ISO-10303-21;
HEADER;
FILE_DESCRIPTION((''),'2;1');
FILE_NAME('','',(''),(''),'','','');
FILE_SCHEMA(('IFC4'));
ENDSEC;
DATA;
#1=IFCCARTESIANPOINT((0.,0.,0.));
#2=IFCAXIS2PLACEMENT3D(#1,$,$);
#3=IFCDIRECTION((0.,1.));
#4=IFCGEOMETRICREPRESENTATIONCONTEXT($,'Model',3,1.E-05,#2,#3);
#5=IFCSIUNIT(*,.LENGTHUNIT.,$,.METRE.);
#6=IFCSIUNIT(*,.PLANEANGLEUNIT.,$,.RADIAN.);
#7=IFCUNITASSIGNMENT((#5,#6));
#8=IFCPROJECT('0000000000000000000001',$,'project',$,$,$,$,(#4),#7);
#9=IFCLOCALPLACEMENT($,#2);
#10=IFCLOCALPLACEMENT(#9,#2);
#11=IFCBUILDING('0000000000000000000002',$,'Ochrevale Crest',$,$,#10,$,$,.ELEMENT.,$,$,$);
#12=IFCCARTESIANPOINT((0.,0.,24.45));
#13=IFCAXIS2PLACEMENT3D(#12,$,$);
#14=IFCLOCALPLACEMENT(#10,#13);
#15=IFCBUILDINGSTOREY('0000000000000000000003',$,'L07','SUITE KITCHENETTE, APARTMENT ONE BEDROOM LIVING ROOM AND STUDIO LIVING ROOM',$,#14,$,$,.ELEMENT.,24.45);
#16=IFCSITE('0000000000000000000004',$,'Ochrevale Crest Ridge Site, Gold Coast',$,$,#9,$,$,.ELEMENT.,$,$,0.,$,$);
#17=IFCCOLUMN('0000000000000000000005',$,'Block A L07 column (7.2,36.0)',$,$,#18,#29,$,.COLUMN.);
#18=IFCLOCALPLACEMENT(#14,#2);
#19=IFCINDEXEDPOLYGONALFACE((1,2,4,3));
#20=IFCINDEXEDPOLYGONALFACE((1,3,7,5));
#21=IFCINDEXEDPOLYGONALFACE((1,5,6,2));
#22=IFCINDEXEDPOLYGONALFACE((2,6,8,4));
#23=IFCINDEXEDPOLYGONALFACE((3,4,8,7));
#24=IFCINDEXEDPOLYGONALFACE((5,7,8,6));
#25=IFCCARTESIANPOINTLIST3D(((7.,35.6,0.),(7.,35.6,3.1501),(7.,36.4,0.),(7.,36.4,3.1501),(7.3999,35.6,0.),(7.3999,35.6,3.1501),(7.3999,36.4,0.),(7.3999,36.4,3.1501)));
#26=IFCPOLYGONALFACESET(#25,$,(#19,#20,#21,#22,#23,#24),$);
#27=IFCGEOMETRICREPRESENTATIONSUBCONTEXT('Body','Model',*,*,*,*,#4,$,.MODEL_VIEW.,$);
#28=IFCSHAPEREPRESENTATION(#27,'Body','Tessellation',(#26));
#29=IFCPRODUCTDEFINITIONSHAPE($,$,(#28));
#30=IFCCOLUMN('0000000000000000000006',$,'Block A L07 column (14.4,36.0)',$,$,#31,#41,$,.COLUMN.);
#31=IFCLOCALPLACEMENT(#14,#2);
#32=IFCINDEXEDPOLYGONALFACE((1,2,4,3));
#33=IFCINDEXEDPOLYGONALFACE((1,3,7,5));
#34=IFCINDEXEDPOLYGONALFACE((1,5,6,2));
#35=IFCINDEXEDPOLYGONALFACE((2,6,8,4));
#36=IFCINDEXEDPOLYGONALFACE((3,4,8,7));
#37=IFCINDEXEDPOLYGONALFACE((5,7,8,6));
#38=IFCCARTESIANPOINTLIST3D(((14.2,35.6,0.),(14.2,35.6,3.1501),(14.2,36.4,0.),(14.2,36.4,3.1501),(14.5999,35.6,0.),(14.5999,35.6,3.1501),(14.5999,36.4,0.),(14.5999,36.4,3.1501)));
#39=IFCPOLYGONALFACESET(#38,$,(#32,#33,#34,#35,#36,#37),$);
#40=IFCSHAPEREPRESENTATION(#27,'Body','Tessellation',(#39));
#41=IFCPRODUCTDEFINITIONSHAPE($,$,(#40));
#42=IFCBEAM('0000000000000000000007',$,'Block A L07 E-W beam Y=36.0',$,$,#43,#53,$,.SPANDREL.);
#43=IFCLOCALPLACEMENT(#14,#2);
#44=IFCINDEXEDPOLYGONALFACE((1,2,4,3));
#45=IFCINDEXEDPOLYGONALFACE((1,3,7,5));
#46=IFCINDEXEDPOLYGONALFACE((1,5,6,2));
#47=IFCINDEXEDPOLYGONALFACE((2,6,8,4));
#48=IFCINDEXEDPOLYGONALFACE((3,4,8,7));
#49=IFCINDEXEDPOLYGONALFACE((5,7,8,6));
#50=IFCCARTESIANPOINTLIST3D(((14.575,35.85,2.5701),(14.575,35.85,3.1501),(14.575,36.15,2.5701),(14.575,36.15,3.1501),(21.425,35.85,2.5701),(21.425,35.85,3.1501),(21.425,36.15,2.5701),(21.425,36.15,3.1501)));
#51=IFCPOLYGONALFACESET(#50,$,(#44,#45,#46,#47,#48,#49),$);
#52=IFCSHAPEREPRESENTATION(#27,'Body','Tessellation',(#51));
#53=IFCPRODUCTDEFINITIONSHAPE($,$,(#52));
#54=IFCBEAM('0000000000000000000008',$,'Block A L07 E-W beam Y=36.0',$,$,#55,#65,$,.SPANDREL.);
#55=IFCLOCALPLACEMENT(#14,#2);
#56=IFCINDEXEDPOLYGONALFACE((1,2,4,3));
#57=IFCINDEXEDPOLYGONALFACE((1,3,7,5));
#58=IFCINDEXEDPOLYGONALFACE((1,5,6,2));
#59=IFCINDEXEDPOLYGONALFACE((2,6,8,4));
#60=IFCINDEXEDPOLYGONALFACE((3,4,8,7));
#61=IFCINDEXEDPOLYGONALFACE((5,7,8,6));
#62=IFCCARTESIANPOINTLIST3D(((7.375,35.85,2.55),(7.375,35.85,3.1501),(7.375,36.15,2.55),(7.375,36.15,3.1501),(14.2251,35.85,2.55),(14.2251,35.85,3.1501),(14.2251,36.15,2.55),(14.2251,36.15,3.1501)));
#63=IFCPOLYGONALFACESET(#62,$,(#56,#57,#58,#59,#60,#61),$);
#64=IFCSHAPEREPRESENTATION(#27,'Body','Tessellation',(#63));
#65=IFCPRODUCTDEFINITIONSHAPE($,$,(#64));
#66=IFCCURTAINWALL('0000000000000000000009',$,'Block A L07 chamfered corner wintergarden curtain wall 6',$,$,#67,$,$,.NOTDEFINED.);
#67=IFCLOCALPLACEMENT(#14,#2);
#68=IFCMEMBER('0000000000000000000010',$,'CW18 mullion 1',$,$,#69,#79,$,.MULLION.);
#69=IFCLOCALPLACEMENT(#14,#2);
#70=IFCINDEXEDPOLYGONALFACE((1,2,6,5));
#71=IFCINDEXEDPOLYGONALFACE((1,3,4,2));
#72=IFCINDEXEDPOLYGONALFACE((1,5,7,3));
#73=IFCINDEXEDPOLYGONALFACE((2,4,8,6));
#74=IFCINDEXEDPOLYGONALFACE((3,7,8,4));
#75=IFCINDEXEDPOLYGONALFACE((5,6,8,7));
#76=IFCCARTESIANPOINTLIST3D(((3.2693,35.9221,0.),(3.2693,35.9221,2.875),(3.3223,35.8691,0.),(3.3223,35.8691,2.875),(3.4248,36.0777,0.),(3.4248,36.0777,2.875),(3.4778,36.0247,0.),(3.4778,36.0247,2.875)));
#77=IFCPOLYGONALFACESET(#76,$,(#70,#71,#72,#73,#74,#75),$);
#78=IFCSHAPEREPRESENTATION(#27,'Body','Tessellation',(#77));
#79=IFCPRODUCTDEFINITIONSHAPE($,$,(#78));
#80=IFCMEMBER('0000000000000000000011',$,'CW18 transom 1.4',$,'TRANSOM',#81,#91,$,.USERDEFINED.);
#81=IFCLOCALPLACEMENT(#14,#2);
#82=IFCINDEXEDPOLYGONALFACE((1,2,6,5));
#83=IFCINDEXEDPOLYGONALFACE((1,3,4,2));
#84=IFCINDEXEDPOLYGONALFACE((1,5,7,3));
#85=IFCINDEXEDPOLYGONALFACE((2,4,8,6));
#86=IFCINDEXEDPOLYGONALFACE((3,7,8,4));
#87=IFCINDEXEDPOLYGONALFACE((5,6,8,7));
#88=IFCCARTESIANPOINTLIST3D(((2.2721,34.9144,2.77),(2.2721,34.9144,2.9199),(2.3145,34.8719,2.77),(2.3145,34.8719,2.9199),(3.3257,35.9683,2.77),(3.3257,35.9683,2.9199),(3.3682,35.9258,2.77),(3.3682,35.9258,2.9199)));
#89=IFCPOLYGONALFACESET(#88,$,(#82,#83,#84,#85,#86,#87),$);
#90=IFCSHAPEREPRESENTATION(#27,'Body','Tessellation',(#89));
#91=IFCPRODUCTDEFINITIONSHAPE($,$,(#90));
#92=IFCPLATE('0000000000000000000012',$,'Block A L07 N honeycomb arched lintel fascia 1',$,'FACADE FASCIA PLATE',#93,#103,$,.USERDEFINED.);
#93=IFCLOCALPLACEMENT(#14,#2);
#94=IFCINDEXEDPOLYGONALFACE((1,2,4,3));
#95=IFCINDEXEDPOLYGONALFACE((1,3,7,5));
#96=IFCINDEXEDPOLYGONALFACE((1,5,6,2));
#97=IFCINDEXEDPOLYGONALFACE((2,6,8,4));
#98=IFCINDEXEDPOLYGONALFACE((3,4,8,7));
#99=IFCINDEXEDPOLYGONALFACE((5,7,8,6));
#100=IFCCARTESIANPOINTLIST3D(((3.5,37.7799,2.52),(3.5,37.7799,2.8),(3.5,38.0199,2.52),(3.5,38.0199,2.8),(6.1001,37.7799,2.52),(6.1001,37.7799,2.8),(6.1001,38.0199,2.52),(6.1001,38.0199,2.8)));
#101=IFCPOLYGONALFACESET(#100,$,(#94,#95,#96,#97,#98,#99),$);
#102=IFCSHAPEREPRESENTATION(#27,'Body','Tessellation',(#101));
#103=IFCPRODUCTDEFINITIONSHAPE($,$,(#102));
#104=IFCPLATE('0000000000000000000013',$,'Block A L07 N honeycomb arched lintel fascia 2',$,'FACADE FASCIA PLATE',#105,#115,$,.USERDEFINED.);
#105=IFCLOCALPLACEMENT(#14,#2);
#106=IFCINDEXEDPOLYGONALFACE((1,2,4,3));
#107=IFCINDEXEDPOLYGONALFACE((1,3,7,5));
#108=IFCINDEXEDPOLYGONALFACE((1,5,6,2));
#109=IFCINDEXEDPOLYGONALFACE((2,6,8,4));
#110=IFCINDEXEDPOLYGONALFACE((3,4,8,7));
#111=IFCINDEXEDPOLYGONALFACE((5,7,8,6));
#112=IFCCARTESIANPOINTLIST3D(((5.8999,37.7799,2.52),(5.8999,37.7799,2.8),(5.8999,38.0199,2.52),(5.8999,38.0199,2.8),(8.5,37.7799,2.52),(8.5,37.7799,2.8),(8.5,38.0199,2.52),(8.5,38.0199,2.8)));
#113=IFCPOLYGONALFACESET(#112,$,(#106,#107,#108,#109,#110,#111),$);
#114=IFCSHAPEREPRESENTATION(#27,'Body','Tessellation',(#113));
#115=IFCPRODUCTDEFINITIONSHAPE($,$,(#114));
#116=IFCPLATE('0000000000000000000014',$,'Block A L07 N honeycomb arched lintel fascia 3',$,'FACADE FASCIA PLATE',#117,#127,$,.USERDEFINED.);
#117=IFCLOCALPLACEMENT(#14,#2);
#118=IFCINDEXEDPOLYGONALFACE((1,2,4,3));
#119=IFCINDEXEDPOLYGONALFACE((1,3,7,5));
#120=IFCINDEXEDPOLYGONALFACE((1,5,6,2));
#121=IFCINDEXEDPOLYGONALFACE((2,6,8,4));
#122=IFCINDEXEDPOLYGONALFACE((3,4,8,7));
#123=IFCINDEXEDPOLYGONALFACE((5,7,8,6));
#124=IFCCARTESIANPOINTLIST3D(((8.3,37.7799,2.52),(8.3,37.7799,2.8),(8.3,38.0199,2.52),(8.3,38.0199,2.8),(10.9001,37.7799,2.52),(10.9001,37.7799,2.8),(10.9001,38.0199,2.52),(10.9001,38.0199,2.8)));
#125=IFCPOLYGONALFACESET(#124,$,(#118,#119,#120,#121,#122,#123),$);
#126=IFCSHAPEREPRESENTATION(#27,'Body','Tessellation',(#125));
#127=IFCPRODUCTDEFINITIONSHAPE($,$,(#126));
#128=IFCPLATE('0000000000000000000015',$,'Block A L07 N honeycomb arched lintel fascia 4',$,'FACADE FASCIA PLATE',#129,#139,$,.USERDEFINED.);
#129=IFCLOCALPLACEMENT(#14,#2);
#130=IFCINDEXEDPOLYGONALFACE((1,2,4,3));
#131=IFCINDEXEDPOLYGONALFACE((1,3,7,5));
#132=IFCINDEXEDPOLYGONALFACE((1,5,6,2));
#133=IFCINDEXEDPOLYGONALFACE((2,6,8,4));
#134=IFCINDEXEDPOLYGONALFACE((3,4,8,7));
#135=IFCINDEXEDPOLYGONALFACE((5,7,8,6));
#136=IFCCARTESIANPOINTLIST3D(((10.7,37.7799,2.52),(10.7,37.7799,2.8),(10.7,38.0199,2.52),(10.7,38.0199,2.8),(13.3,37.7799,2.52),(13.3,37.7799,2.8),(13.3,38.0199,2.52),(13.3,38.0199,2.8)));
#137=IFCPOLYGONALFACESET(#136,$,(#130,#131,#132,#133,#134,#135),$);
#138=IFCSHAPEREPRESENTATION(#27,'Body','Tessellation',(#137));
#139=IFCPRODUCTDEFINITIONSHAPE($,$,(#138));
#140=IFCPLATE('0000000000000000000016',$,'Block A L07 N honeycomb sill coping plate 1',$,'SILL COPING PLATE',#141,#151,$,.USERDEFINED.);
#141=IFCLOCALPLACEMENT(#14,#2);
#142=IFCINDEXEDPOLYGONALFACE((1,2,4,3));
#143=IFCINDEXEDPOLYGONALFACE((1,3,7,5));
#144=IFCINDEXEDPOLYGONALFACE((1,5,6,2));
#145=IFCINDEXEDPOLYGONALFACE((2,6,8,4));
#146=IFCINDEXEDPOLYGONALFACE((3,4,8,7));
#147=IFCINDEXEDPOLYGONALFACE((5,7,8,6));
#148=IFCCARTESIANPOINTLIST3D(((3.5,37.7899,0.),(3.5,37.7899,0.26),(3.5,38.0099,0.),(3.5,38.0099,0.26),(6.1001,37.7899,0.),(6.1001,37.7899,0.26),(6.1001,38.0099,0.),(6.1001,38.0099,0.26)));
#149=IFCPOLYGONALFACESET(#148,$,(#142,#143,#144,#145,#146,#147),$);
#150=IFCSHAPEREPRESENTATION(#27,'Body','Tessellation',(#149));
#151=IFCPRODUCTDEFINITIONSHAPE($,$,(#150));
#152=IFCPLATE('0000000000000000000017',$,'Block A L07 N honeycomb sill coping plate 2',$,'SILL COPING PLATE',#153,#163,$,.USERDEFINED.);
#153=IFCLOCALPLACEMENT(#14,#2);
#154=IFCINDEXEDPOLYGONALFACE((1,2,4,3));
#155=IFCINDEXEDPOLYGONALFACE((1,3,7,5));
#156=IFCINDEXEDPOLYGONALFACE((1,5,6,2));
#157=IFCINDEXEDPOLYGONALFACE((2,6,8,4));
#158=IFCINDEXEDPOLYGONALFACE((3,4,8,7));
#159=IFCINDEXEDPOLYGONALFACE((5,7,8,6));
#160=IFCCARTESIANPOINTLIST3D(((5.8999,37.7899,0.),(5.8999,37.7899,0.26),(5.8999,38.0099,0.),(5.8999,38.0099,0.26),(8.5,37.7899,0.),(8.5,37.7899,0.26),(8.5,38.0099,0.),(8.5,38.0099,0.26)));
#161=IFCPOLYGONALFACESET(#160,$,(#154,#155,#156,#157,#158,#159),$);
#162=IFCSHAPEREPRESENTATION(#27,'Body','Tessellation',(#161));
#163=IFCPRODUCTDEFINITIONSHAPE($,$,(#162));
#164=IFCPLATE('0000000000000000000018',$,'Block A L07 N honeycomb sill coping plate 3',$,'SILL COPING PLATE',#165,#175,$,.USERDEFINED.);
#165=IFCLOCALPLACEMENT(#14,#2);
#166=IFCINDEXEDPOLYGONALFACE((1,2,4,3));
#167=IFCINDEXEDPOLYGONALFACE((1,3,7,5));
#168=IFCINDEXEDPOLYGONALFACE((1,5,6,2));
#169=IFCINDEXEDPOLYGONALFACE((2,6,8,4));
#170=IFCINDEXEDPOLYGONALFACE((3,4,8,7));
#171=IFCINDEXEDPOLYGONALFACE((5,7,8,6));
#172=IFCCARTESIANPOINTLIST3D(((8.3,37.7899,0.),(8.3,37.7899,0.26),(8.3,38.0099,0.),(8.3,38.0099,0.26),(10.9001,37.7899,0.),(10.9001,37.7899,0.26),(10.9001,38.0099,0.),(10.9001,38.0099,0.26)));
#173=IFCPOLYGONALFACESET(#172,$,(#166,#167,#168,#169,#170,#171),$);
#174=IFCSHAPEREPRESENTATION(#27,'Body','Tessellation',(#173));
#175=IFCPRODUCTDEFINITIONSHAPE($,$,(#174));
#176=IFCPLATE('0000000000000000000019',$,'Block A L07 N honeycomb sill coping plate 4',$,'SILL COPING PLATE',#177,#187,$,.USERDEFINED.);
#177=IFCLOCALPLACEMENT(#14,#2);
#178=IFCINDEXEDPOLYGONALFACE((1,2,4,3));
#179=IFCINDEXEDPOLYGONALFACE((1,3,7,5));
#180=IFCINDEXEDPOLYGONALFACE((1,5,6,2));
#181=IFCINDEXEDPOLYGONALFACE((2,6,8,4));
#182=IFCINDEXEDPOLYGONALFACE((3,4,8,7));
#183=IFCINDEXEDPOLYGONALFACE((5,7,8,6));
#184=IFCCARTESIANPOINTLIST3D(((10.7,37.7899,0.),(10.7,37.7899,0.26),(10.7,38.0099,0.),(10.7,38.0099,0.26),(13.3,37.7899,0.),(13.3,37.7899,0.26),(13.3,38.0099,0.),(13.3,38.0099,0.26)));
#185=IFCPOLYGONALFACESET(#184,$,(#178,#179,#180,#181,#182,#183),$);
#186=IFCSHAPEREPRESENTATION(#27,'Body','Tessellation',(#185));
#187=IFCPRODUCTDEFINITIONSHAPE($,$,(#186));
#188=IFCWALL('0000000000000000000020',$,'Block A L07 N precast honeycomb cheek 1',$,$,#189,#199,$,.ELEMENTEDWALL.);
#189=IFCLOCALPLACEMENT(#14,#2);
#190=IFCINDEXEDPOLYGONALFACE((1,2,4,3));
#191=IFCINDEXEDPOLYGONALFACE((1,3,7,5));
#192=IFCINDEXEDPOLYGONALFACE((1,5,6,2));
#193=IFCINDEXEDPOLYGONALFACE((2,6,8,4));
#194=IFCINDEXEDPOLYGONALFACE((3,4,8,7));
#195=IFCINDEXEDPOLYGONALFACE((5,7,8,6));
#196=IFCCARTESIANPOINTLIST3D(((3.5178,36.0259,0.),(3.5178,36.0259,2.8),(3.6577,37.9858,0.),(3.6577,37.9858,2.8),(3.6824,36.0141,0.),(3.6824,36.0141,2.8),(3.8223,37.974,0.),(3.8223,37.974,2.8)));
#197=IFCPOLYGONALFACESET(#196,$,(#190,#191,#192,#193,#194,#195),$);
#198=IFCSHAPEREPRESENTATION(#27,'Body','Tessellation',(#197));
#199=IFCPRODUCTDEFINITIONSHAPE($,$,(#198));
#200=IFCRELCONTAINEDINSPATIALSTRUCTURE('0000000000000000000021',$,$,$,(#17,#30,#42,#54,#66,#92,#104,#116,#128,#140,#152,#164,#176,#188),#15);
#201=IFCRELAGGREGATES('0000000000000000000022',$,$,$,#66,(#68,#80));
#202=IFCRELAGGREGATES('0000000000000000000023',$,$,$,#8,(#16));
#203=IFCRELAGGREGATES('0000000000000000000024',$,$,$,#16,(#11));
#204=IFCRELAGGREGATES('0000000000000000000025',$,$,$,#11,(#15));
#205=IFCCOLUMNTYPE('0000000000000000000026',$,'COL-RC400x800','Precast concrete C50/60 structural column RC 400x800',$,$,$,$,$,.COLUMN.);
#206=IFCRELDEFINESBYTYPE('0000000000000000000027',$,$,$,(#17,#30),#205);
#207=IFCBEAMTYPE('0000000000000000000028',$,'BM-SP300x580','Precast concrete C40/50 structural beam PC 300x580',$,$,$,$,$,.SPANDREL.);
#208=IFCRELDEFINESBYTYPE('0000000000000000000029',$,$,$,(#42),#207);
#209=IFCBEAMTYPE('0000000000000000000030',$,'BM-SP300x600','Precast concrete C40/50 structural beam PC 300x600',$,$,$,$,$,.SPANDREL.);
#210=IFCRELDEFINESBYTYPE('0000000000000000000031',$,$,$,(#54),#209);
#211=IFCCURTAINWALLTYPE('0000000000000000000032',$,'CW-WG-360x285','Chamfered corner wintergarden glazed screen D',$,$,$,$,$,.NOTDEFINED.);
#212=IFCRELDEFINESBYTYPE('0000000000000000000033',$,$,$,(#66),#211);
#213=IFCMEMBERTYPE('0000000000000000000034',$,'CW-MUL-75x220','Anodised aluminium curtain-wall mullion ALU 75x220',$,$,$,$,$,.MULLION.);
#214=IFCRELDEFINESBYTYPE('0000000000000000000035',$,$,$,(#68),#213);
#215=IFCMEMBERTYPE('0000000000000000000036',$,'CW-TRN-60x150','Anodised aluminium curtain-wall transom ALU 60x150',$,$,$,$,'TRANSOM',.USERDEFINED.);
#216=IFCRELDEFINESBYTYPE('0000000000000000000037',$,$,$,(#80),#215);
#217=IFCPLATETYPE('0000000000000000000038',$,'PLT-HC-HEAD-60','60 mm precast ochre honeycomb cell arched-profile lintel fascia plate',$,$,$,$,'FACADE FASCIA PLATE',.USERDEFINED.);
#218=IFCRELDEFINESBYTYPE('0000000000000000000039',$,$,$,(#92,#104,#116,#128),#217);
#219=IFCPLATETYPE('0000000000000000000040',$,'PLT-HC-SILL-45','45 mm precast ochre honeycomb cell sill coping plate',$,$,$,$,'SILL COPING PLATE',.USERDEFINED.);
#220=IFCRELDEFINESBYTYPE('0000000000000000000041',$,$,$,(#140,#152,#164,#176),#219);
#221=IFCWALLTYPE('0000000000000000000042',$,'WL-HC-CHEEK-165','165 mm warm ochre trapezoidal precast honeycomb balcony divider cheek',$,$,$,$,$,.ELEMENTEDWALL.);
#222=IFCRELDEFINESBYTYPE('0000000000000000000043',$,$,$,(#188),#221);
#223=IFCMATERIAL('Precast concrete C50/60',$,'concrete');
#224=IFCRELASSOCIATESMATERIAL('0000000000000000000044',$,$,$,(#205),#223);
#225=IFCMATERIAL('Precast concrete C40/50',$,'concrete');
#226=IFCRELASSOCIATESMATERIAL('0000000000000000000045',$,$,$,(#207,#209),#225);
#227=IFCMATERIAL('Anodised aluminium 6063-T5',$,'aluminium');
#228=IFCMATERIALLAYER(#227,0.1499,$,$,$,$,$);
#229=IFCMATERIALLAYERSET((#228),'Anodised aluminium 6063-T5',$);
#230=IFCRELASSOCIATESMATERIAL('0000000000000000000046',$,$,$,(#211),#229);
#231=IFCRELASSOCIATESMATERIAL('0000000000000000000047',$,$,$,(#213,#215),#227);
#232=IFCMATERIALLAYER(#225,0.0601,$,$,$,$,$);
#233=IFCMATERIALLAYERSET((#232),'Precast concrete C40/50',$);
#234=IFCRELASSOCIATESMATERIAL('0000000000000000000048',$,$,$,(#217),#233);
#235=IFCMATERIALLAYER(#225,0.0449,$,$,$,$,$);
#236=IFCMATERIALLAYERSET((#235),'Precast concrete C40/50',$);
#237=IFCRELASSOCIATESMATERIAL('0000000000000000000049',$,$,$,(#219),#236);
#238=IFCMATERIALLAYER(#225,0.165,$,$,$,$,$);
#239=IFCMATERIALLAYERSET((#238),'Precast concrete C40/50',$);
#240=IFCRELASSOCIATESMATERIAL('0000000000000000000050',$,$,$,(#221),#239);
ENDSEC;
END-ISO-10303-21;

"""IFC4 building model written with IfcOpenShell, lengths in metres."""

from ifc_helpers import new_model, si_unit, direction, frame, frame_2d, origin, origin_2d, place, context, subcontext, project, spatial, rectangle, extrude, material, layer, layer_set, material_profile, profile_set, type_object, element, aggregate, save


model = new_model("IFC4")

# Units and contexts
model_context = context("Model", 3, precision=1e-05, world=origin(), true_north=direction((0.0, 1.0)))
body_context = subcontext(model_context, "Body", "Model", "MODEL_VIEW")
ifc_project = project(units=[si_unit("LENGTHUNIT", "METRE"), si_unit("PLANEANGLEUNIT", "RADIAN")], contexts=[model_context])

# Site, building, storey
site_placement = place(None, origin())
site = spatial("IfcSite", under=ifc_project, at=site_placement, Name="Ochrevale Crest Ridge Site, Gold Coast", CompositionType="ELEMENT", RefElevation=0.0)
building_placement = place(site_placement, origin())
building = spatial("IfcBuilding", under=site, at=building_placement, Name="Ochrevale Crest", CompositionType="ELEMENT")
storey_placement = place(building_placement, frame((0.0, 0.0, 24.45)))
storey = spatial("IfcBuildingStorey", under=building, at=storey_placement, Name="L07", Description="SUITE KITCHENETTE, APARTMENT ONE BEDROOM LIVING ROOM AND STUDIO LIVING ROOM", CompositionType="ELEMENT", Elevation=24.45)

# Columns
ifc_material_1 = material(Name="Precast concrete C50/60", Category="concrete")
ifc_material_profile_1 = material_profile(ifc_material_1, rectangle(XDim=0.3999, YDim=0.8, at=origin_2d()), Name="RC 400x800")
ifc_profile_set_1 = profile_set([ifc_material_profile_1], Name="Precast concrete C50/60")
column_type = type_object("IfcColumnType", Name="COL-RC400x800", Description="Precast concrete C50/60 structural column RC 400x800", PredefinedType="COLUMN", material=ifc_profile_set_1)
for number, where, z_axis, x_axis, name in (
    (1, (7.2, 36.0, 0.0), (0.0, 0.0, 1.0), (1.0, 0.0, 0.0), "Block A L07 column (7.2,36.0)"),
    (2, (14.3999, 36.0, 0.0), (0.0, 0.0, 1.0), (1.0, 0.0, 0.0), "Block A L07 column (14.4,36.0)"),
):
    element("IfcColumn", number, at=place(storey_placement, frame(where, z_axis=z_axis, x_axis=x_axis)), inside=storey, type_object=column_type, Name=name, PredefinedType="COLUMN", context=body_context, shape_type="SweptSolid", body=[
        extrude(rectangle(XDim=0.3999, YDim=0.8, at=origin_2d()), origin(), (0.0, 0.0, 1.0), 3.1501),
    ])

# Beams
ifc_material_2 = material(Name="Precast concrete C40/50", Category="concrete")
ifc_material_profile_2 = material_profile(ifc_material_2, rectangle(XDim=0.3, YDim=0.5801, at=origin_2d()), Name="PC 300x580")
ifc_profile_set_2 = profile_set([ifc_material_profile_2], Name="Precast concrete C40/50")
beam_type_1 = type_object("IfcBeamType", Name="BM-SP300x580", Description="Precast concrete C40/50 structural beam PC 300x580", PredefinedType="SPANDREL", material=ifc_profile_set_2)
beam_1_placement = place(storey_placement, frame((14.575, 36.0, 2.8601), z_axis=(1.0, 0.0, 0.0), x_axis=(0.0, 1.0, 0.0)))
element("IfcBeam", 3, at=beam_1_placement, inside=storey, type_object=beam_type_1, Name="Block A L07 E-W beam Y=36.0", PredefinedType="SPANDREL", context=body_context, shape_type="SweptSolid", body=[
    extrude(rectangle(XDim=0.3, YDim=0.5801, at=origin_2d()), origin(), (0.0, 0.0, 1.0), 6.8501),
])
ifc_material_profile_3 = material_profile(ifc_material_2, rectangle(XDim=0.3, YDim=0.6001, at=origin_2d()), Name="PC 300x600")
ifc_profile_set_3 = profile_set([ifc_material_profile_3], Name="Precast concrete C40/50")
beam_type_2 = type_object("IfcBeamType", Name="BM-SP300x600", Description="Precast concrete C40/50 structural beam PC 300x600", PredefinedType="SPANDREL", material=ifc_profile_set_3)
beam_2_placement = place(storey_placement, frame((7.375, 36.0, 2.8501), z_axis=(1.0, 0.0, 0.0), x_axis=(0.0, 1.0, 0.0)))
element("IfcBeam", 4, at=beam_2_placement, inside=storey, type_object=beam_type_2, Name="Block A L07 E-W beam Y=36.0", PredefinedType="SPANDREL", context=body_context, shape_type="SweptSolid", body=[
    extrude(rectangle(XDim=0.3, YDim=0.6001, at=origin_2d()), origin(), (0.0, 0.0, 1.0), 6.8501),
])

# Curtain wall, members
ifc_material_3 = material(Name="Anodised aluminium 6063-T5", Category="aluminium")
ifc_layer_1 = layer(ifc_material_3, 0.1499)
ifc_layer_set_1 = layer_set([ifc_layer_1], Name="Anodised aluminium 6063-T5")
curtain_wall_type = type_object("IfcCurtainWallType", Name="CW-WG-360x285", Description="Chamfered corner wintergarden glazed screen D", PredefinedType="NOTDEFINED", material=ifc_layer_set_1)
curtain_wall_placement = place(storey_placement, origin())
curtain_wall = element("IfcCurtainWall", 5, at=curtain_wall_placement, inside=storey, type_object=curtain_wall_type, Name="Block A L07 chamfered corner wintergarden curtain wall 6", PredefinedType="NOTDEFINED")
ifc_material_profile_4 = material_profile(ifc_material_3, rectangle(XDim=0.075, YDim=0.22, at=origin_2d()), Name="ALU 75x220")
ifc_profile_set_4 = profile_set([ifc_material_profile_4], Name="Anodised aluminium 6063-T5")
member_type_1 = type_object("IfcMemberType", Name="CW-MUL-75x220", Description="Anodised aluminium curtain-wall mullion ALU 75x220", PredefinedType="MULLION", material=ifc_profile_set_4)
member_1_placement = place(storey_placement, frame((3.3735, 35.9734, 0.0), z_axis=(0.0, 0.0, 1.0), x_axis=(0.707107, -0.707107, 0.0)))
member_1 = element("IfcMember", 6, at=member_1_placement, type_object=member_type_1, Name="CW18 mullion 1", PredefinedType="MULLION", context=body_context, shape_type="SweptSolid", body=[
    extrude(rectangle(XDim=0.075, YDim=0.22, at=origin_2d()), origin(), (0.0, 0.0, 1.0), 2.875),
])
ifc_material_profile_5 = material_profile(ifc_material_3, rectangle(XDim=0.0601, YDim=0.1499, at=origin_2d()), Name="ALU 60x150")
ifc_profile_set_5 = profile_set([ifc_material_profile_5], Name="Anodised aluminium 6063-T5")
member_type_2 = type_object("IfcMemberType", Name="CW-TRN-60x150", Description="Anodised aluminium curtain-wall transom ALU 60x150", ElementType="TRANSOM", PredefinedType="USERDEFINED", material=ifc_profile_set_5)
member_2_placement = place(storey_placement, frame((3.3469, 35.947, 2.845), z_axis=(-0.707025, -0.707189, 0.0), x_axis=(0.707189, -0.707025, 0.0)))
member_2 = element("IfcMember", 7, at=member_2_placement, type_object=member_type_2, Name="CW18 transom 1.4", ObjectType="TRANSOM", PredefinedType="USERDEFINED", context=body_context, shape_type="SweptSolid", body=[
    extrude(rectangle(XDim=0.0601, YDim=0.1499, at=origin_2d()), origin(), (0.0, 0.0, 1.0), 1.4902),
])
aggregate(curtain_wall, [member_1, member_2])

# Plates
ifc_layer_2 = layer(ifc_material_2, 0.0601)
ifc_layer_set_2 = layer_set([ifc_layer_2], Name="Precast concrete C40/50")
plate_type_1 = type_object("IfcPlateType", Name="PLT-HC-HEAD-60", Description="60 mm precast ochre honeycomb cell arched-profile lintel fascia plate", ElementType="FACADE FASCIA PLATE", PredefinedType="USERDEFINED", material=ifc_layer_set_2)
for number, where, z_axis, x_axis, name in (
    (8, (4.8, 37.8999, 2.52), (0.0, 0.0, 1.0), (1.0, 0.0, 0.0), "Block A L07 N honeycomb arched lintel fascia 1"),
    (9, (7.2, 37.8999, 2.52), (0.0, 0.0, 1.0), (1.0, 0.0, 0.0), "Block A L07 N honeycomb arched lintel fascia 2"),
    (10, (9.6001, 37.8999, 2.52), (0.0, 0.0, 1.0), (1.0, 0.0, 0.0), "Block A L07 N honeycomb arched lintel fascia 3"),
    (11, (12.0, 37.8999, 2.52), (0.0, 0.0, 1.0), (1.0, 0.0, 0.0), "Block A L07 N honeycomb arched lintel fascia 4"),
):
    element("IfcPlate", number, at=place(storey_placement, frame(where, z_axis=z_axis, x_axis=x_axis)), inside=storey, type_object=plate_type_1, Name=name, ObjectType="FACADE FASCIA PLATE", PredefinedType="USERDEFINED", context=body_context, shape_type="SweptSolid", body=[
        extrude(rectangle(XDim=2.6001, YDim=0.24, at=origin_2d()), origin(), (0.0, 0.0, 1.0), 0.28),
    ])
ifc_layer_3 = layer(ifc_material_2, 0.0449)
ifc_layer_set_3 = layer_set([ifc_layer_3], Name="Precast concrete C40/50")
plate_type_2 = type_object("IfcPlateType", Name="PLT-HC-SILL-45", Description="45 mm precast ochre honeycomb cell sill coping plate", ElementType="SILL COPING PLATE", PredefinedType="USERDEFINED", material=ifc_layer_set_3)
for number, where, z_axis, x_axis, name in (
    (12, (4.8, 37.8999, 0.0), (0.0, 0.0, 1.0), (1.0, 0.0, 0.0), "Block A L07 N honeycomb sill coping plate 1"),
    (13, (7.2, 37.8999, 0.0), (0.0, 0.0, 1.0), (1.0, 0.0, 0.0), "Block A L07 N honeycomb sill coping plate 2"),
    (14, (9.6001, 37.8999, 0.0), (0.0, 0.0, 1.0), (1.0, 0.0, 0.0), "Block A L07 N honeycomb sill coping plate 3"),
    (15, (12.0, 37.8999, 0.0), (0.0, 0.0, 1.0), (1.0, 0.0, 0.0), "Block A L07 N honeycomb sill coping plate 4"),
):
    element("IfcPlate", number, at=place(storey_placement, frame(where, z_axis=z_axis, x_axis=x_axis)), inside=storey, type_object=plate_type_2, Name=name, ObjectType="SILL COPING PLATE", PredefinedType="USERDEFINED", context=body_context, shape_type="SweptSolid", body=[
        extrude(rectangle(XDim=2.6001, YDim=0.22, at=origin_2d()), origin(), (0.0, 0.0, 1.0), 0.26),
    ])

# Wall
ifc_layer_4 = layer(ifc_material_2, 0.165)
ifc_layer_set_4 = layer_set([ifc_layer_4], Name="Precast concrete C40/50")
wall_type = type_object("IfcWallType", Name="WL-HC-CHEEK-165", Description="165 mm warm ochre trapezoidal precast honeycomb balcony divider cheek", PredefinedType="ELEMENTEDWALL", material=ifc_layer_set_4)
wall_1_placement = place(storey_placement, frame((3.6001, 36.02, 0.0), z_axis=(0.0, 0.0, 1.0), x_axis=(0.071194, 0.997462, 0.0)))
element("IfcWall", 16, at=wall_1_placement, inside=storey, type_object=wall_type, Name="Block A L07 N precast honeycomb cheek 1", PredefinedType="ELEMENTEDWALL", context=body_context, shape_type="SweptSolid", body=[
    extrude(rectangle(XDim=1.9648, YDim=0.165, at=frame_2d((0.9824, 0.0))), origin(), (0.0, 0.0, 1.0), 2.8),
])

save(model, "model.ifc")
